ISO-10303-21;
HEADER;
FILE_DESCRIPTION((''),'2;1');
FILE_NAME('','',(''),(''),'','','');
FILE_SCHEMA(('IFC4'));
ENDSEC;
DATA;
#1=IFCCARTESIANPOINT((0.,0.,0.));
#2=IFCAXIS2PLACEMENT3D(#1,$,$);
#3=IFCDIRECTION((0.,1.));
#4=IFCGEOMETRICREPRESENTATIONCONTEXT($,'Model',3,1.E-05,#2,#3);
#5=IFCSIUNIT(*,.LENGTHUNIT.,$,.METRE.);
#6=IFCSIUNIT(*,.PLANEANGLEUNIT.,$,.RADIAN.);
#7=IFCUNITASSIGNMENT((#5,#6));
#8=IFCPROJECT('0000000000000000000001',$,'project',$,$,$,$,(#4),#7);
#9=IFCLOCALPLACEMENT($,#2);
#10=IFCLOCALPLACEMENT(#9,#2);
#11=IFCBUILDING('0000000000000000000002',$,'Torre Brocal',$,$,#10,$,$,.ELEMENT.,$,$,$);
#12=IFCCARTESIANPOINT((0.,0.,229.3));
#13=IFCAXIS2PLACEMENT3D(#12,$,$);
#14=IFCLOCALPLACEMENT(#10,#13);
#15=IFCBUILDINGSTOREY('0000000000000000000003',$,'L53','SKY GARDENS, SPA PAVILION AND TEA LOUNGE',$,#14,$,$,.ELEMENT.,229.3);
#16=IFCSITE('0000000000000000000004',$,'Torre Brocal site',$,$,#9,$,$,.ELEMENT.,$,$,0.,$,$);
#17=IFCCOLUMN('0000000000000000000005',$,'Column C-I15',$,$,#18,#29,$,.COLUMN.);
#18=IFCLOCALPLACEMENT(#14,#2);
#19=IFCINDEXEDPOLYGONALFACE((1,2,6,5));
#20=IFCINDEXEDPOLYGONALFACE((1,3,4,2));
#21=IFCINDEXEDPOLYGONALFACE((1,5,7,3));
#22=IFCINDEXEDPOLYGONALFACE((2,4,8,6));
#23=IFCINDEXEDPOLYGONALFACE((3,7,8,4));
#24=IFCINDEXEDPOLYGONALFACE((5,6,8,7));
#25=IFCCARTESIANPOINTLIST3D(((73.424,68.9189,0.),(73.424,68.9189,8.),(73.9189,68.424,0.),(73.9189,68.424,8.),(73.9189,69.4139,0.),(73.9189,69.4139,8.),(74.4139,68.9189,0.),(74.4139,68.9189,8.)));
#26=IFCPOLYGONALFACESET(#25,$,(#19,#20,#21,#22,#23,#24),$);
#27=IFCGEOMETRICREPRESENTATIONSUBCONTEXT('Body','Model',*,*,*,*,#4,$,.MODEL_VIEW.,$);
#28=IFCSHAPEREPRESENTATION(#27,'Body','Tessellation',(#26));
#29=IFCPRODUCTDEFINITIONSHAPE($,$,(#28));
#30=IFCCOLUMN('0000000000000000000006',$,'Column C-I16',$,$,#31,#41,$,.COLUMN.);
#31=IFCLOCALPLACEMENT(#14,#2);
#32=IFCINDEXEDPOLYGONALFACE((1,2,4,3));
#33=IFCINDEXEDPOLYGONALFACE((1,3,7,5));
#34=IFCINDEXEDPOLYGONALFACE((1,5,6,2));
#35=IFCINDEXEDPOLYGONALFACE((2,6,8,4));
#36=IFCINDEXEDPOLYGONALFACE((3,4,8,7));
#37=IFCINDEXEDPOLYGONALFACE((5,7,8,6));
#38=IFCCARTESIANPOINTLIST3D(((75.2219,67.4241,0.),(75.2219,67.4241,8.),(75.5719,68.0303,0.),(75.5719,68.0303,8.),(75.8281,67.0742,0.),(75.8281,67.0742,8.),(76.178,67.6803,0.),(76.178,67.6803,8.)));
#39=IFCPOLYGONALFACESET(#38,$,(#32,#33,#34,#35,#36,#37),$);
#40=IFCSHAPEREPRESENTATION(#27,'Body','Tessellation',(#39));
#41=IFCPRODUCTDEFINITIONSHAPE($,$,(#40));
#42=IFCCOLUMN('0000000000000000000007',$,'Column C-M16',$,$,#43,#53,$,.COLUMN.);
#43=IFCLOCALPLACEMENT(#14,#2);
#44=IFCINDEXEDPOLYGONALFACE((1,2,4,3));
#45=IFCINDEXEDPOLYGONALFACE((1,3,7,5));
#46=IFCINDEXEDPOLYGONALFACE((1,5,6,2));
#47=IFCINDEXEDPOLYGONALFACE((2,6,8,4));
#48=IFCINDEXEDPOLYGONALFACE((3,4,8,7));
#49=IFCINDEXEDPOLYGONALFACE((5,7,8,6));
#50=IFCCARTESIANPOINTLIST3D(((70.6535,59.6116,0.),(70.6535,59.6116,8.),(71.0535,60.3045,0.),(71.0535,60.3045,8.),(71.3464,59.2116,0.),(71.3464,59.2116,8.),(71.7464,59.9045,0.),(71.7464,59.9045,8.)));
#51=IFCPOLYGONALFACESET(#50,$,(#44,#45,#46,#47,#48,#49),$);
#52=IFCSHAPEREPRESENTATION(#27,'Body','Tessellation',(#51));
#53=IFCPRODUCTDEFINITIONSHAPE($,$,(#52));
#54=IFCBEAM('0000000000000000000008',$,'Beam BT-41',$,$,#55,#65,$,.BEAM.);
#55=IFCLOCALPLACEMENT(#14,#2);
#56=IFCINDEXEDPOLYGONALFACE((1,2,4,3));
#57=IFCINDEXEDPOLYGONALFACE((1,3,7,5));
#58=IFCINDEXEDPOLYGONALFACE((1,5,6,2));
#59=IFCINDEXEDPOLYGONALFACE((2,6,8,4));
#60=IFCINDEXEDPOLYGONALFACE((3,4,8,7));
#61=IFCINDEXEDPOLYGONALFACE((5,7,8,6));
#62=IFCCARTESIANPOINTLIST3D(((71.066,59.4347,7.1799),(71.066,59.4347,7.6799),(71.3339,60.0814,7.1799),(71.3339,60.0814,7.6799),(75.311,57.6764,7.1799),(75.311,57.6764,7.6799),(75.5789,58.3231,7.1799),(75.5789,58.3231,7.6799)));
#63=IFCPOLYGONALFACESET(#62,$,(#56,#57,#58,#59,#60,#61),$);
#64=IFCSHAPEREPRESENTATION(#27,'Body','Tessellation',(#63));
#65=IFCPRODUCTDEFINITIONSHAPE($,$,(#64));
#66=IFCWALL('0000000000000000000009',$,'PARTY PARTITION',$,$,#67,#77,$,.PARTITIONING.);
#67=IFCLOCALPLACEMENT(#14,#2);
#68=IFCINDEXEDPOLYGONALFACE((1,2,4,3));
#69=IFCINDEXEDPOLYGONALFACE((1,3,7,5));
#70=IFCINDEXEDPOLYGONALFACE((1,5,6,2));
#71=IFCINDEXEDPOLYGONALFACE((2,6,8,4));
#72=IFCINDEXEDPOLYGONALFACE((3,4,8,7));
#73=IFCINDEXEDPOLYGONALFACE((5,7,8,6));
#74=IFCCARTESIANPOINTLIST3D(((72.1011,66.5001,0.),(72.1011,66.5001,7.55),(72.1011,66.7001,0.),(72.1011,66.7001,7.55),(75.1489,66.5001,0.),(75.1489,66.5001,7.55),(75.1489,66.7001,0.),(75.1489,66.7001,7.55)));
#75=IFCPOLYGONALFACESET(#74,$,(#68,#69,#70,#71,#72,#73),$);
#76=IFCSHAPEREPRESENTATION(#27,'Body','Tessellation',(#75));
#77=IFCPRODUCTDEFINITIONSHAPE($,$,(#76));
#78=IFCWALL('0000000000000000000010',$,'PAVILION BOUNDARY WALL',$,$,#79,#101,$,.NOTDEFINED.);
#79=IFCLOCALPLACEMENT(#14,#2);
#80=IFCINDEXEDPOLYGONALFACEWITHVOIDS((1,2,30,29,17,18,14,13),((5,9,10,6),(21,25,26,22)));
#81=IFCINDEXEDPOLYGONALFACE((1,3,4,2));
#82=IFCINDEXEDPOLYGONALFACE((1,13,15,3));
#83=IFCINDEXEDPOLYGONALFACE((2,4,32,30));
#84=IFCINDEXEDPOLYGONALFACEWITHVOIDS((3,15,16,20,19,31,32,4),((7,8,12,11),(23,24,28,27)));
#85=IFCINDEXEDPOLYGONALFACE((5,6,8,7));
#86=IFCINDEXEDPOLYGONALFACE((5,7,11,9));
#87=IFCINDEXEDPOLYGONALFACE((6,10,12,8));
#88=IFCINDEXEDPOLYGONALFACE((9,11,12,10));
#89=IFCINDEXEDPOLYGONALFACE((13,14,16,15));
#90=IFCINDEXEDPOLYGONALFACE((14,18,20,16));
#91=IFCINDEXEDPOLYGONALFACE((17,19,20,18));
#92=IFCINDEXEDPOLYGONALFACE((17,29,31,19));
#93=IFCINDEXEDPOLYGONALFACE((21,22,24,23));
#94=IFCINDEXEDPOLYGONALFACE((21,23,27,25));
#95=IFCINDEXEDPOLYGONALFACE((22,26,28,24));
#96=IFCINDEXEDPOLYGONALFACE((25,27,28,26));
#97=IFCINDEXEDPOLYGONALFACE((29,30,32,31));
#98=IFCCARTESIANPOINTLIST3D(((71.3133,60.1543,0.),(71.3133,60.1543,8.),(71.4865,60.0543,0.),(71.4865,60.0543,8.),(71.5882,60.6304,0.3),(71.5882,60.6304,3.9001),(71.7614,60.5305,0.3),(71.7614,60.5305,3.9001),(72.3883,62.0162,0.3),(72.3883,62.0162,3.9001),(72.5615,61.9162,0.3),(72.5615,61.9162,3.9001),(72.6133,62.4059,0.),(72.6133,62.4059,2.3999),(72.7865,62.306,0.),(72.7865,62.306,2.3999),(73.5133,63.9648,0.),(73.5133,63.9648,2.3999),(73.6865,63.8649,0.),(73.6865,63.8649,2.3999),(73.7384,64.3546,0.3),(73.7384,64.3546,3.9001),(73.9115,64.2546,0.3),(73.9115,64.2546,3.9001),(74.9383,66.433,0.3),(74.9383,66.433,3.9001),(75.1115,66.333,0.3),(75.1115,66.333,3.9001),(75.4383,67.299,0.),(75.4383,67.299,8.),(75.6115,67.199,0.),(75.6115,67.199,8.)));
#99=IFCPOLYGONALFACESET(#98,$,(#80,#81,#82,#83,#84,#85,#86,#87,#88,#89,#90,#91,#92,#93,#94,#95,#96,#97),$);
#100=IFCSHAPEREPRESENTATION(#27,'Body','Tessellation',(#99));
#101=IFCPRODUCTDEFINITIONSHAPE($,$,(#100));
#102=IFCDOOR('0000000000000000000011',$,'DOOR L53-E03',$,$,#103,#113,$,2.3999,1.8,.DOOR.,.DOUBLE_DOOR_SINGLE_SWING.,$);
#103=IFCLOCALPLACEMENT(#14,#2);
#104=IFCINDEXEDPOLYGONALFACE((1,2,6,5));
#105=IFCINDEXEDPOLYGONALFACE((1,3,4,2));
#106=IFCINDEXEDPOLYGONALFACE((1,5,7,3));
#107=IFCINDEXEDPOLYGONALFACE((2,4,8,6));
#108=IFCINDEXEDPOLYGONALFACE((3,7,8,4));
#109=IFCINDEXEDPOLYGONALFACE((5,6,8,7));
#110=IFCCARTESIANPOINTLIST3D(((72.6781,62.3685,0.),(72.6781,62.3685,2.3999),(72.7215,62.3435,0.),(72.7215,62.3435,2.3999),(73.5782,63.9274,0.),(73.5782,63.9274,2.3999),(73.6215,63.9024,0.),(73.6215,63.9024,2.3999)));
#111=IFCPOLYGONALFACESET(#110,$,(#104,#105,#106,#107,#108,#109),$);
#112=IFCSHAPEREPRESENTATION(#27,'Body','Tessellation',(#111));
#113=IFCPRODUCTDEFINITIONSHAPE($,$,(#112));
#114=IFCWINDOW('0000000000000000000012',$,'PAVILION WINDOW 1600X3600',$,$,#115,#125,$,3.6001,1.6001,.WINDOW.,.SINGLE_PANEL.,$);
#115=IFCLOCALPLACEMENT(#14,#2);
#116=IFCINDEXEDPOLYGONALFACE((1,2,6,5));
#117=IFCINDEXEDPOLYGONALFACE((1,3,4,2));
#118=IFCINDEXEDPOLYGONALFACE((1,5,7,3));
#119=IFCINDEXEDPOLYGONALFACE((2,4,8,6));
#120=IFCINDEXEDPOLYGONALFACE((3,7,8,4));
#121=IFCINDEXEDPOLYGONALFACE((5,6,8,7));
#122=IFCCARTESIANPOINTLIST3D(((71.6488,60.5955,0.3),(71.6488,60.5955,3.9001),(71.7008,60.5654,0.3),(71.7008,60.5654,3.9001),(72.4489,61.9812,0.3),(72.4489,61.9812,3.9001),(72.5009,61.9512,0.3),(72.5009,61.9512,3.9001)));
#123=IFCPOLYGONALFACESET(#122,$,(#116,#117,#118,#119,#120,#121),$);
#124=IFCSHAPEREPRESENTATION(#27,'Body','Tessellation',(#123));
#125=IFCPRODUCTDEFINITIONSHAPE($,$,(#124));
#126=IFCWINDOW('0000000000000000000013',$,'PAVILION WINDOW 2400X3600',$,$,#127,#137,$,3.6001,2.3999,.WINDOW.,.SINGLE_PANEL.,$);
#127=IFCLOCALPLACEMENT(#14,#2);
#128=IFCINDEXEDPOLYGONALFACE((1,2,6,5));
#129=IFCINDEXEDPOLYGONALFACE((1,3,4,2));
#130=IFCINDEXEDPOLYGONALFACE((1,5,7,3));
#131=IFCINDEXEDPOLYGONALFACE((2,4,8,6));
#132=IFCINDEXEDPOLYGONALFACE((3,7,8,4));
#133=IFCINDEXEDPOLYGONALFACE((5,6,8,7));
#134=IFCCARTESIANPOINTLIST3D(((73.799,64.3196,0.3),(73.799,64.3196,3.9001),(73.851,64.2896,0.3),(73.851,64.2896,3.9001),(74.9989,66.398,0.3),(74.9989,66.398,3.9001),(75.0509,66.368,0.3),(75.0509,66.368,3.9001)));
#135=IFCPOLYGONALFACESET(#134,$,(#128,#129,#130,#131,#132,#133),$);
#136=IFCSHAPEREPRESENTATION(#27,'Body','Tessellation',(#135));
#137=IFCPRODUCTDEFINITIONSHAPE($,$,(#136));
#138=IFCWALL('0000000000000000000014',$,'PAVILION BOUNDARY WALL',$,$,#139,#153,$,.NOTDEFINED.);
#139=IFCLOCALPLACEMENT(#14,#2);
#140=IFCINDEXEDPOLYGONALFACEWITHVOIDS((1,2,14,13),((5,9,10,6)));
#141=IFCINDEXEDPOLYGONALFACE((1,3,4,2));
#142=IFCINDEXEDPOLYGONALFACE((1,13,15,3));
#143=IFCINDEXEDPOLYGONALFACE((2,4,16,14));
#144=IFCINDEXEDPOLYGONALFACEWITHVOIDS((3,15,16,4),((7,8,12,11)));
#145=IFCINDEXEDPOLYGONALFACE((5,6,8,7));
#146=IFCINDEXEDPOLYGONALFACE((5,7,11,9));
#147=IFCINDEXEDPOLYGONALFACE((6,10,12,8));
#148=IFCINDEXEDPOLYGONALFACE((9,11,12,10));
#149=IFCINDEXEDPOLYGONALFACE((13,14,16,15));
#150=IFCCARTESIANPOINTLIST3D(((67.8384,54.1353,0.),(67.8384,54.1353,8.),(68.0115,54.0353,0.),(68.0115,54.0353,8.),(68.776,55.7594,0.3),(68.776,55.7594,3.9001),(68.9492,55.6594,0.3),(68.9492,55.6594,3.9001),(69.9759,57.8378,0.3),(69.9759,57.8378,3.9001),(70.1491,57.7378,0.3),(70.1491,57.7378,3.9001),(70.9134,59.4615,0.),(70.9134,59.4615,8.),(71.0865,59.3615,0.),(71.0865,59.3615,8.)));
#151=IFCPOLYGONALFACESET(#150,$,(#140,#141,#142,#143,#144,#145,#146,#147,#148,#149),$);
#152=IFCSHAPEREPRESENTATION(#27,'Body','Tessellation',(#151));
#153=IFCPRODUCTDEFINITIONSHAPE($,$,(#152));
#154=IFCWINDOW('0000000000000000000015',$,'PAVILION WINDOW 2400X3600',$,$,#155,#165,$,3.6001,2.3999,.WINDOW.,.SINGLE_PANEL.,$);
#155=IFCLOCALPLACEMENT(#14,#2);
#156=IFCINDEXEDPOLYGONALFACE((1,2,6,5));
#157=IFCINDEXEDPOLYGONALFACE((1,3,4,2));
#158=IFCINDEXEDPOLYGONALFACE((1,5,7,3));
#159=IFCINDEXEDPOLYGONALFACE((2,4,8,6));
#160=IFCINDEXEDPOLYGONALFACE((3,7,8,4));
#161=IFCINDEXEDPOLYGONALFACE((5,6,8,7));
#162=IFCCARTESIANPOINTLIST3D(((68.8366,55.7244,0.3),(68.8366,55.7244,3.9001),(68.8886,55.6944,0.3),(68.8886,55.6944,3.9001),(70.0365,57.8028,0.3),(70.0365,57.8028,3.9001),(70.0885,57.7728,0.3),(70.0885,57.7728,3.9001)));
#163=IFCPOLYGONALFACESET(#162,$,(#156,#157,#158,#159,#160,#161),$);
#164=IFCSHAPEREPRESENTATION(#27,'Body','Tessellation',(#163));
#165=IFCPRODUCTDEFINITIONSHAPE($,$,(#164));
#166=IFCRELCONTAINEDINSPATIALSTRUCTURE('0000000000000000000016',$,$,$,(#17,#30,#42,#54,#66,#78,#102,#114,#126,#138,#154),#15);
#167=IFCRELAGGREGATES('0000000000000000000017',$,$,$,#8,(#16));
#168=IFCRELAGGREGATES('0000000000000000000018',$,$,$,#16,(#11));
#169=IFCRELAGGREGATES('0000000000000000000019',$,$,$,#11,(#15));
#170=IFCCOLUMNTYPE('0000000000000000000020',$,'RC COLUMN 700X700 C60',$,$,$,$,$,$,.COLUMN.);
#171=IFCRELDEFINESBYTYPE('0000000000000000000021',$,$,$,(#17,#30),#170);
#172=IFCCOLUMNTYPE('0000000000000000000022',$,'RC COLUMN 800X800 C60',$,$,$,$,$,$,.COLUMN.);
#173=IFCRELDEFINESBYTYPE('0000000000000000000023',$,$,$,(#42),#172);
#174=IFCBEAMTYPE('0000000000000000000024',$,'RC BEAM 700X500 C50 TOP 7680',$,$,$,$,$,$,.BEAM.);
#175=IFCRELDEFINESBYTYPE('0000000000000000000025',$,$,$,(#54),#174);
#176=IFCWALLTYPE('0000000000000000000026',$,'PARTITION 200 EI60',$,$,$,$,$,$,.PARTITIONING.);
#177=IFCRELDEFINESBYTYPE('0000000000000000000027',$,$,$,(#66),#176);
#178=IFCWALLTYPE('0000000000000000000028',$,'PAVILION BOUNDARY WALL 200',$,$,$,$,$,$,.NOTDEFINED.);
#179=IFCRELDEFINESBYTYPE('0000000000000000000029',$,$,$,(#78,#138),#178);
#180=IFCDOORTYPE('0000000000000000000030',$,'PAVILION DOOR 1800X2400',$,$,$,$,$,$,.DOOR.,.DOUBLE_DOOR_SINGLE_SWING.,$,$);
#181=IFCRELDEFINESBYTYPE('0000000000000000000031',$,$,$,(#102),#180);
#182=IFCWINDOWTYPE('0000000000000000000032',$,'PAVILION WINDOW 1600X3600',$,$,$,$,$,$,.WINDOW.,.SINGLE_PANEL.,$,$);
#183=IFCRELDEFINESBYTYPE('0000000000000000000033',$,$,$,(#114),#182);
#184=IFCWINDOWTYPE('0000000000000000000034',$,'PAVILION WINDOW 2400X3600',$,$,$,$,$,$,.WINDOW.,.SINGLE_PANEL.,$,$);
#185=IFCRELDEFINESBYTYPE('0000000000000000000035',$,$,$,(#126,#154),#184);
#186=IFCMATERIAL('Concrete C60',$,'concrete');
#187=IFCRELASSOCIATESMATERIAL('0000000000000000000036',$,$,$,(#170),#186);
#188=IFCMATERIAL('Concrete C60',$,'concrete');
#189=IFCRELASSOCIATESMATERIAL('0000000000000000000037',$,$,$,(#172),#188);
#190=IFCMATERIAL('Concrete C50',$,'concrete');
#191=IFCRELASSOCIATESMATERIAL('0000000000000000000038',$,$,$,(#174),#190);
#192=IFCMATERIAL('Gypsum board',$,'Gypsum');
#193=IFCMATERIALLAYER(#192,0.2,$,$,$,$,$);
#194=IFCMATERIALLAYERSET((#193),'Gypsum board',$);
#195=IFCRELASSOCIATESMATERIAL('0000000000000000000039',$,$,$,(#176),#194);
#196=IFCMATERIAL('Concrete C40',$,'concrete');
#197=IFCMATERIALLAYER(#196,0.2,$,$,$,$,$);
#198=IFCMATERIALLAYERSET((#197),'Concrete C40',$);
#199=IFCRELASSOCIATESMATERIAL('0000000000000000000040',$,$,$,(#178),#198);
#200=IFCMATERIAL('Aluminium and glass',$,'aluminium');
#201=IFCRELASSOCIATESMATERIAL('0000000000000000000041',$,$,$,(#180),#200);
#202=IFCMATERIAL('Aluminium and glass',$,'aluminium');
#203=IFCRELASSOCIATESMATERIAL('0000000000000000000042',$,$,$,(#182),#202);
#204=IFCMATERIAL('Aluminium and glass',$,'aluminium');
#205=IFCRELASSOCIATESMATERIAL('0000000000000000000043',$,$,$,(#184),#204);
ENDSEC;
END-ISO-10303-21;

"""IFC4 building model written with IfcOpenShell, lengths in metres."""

from ifc_helpers import new_model, si_unit, direction, frame, frame_2d, origin, origin_2d, place, context, subcontext, project, spatial, rectangle, extrude, material, layer, layer_set, material_profile, profile_set, type_object, element, fill, save


model = new_model("IFC4")

# Units and contexts
model_context = context("Model", 3, precision=1e-05, world=origin(), true_north=direction((0.0, 1.0)))
body_context = subcontext(model_context, "Body", "Model", "MODEL_VIEW")
ifc_project = project(units=[si_unit("LENGTHUNIT", "METRE"), si_unit("PLANEANGLEUNIT", "RADIAN")], contexts=[model_context])

# Site, building, storey
site_placement = place(None, origin())
site = spatial("IfcSite", under=ifc_project, at=site_placement, Name="Torre Brocal site", CompositionType="ELEMENT", RefElevation=0.0)
building_placement = place(site_placement, origin())
building = spatial("IfcBuilding", under=site, at=building_placement, Name="Torre Brocal", CompositionType="ELEMENT")
storey_placement = place(building_placement, frame((0.0, 0.0, 229.3)))
storey = spatial("IfcBuildingStorey", under=building, at=storey_placement, Name="L53", Description="SKY GARDENS, SPA PAVILION AND TEA LOUNGE", CompositionType="ELEMENT", Elevation=229.3)

# Columns
ifc_material_1 = material(Name="Concrete C60", Category="concrete")
ifc_material_profile_1 = material_profile(ifc_material_1, rectangle(XDim=0.7, YDim=0.7, at=origin_2d()), Name="RC 700X700")
ifc_profile_set_1 = profile_set([ifc_material_profile_1], Name="Concrete C60")
column_type_1 = type_object("IfcColumnType", Name="RC COLUMN 700X700 C60", PredefinedType="COLUMN", material=ifc_profile_set_1)
for number, where, z_axis, x_axis, name in (
    (1, (73.9189, 68.9189, 0.0), (0.0, 0.0, 1.0), (-0.707107, -0.707107, 0.0), "Column C-I15"),
    (2, (75.7, 67.5522, 0.0), (0.0, 0.0, 1.0), (-0.5, -0.866025, 0.0), "Column C-I16"),
):
    element("IfcColumn", number, at=place(storey_placement, frame(where, z_axis=z_axis, x_axis=x_axis)), inside=storey, type_object=column_type_1, Name=name, PredefinedType="COLUMN", context=body_context, shape_type="SweptSolid", body=[
        extrude(rectangle(XDim=0.7, YDim=0.7, at=origin_2d()), origin(), (0.0, 0.0, 1.0), 8.0),
    ])
ifc_material_2 = material(Name="Concrete C60", Category="concrete")
ifc_material_profile_2 = material_profile(ifc_material_2, rectangle(XDim=0.8, YDim=0.8, at=origin_2d()), Name="RC 800X800")
ifc_profile_set_2 = profile_set([ifc_material_profile_2], Name="Concrete C60")
column_type_2 = type_object("IfcColumnType", Name="RC COLUMN 800X800 C60", PredefinedType="COLUMN", material=ifc_profile_set_2)
column_placement = place(storey_placement, frame((71.2, 59.7581, 0.0), z_axis=(0.0, 0.0, 1.0), x_axis=(-0.5, -0.866025, 0.0)))
element("IfcColumn", 3, at=column_placement, inside=storey, type_object=column_type_2, Name="Column C-M16", PredefinedType="COLUMN", context=body_context, shape_type="SweptSolid", body=[
    extrude(rectangle(XDim=0.8, YDim=0.8, at=origin_2d()), origin(), (0.0, 0.0, 1.0), 8.0),
])

# Beam
ifc_material_3 = material(Name="Concrete C50", Category="concrete")
ifc_material_profile_3 = material_profile(ifc_material_3, rectangle(XDim=0.7, YDim=0.5, at=origin_2d()), Name="RC 700X500")
ifc_profile_set_3 = profile_set([ifc_material_profile_3], Name="Concrete C50")
beam_type = type_object("IfcBeamType", Name="RC BEAM 700X500 C50 TOP 7680", PredefinedType="BEAM", material=ifc_profile_set_3)
beam_placement = place(storey_placement, frame((71.2, 59.7581, 7.4299), z_axis=(0.923878, -0.382687, 0.0), x_axis=(0.382687, 0.923878, 0.0)))
element("IfcBeam", 4, at=beam_placement, inside=storey, type_object=beam_type, Name="Beam BT-41", PredefinedType="BEAM", context=body_context, shape_type="SweptSolid", body=[
    extrude(rectangle(XDim=0.7, YDim=0.5, at=origin_2d()), origin(), (0.0, 0.0, 1.0), 4.5947),
])

# Wall
ifc_material_4 = material(Name="Gypsum board", Category="Gypsum")
ifc_layer_1 = layer(ifc_material_4, 0.2)
ifc_layer_set_1 = layer_set([ifc_layer_1], Name="Gypsum board")
wall_type_1 = type_object("IfcWallType", Name="PARTITION 200 EI60", PredefinedType="PARTITIONING", material=ifc_layer_set_1)
wall_1_placement = place(storey_placement, frame((72.1011, 66.6001, 0.0), z_axis=(0.0, 0.0, 1.0), x_axis=(1.0, 0.0, 0.0)))
element("IfcWall", 5, at=wall_1_placement, inside=storey, type_object=wall_type_1, Name="PARTY PARTITION", PredefinedType="PARTITIONING", context=body_context, shape_type="SweptSolid", body=[
    extrude(rectangle(XDim=3.0479, YDim=0.2, at=frame_2d((1.5239, 0.0))), origin(), (0.0, 0.0, 1.0), 7.55),
])

# Wall, openings, door, windows
ifc_material_5 = material(Name="Concrete C40", Category="concrete")
ifc_layer_2 = layer(ifc_material_5, 0.2)
ifc_layer_set_2 = layer_set([ifc_layer_2], Name="Concrete C40")
wall_type_2 = type_object("IfcWallType", Name="PAVILION BOUNDARY WALL 200", PredefinedType="NOTDEFINED", material=ifc_layer_set_2)
wall_2_placement = place(storey_placement, frame((75.5249, 67.249, 0.0), z_axis=(0.0, 0.0, 1.0), x_axis=(-0.499997, -0.866027, 0.0)))
wall_2 = element("IfcWall", 6, at=wall_2_placement, inside=storey, type_object=wall_type_2, Name="PAVILION BOUNDARY WALL", PredefinedType="NOTDEFINED", context=body_context, shape_type="SweptSolid", body=[
    extrude(rectangle(XDim=8.25, YDim=0.2, at=frame_2d((4.125, 0.0))), origin(), (0.0, 0.0, 1.0), 8.0),
])
opening_1_placement = place(wall_2_placement, frame((1.0, 0.0, 0.3)))
opening_1 = element("IfcOpeningElement", 7, at=opening_1_placement, cuts=wall_2, PredefinedType="OPENING", context=body_context, shape_type="SweptSolid", body=[
    extrude(rectangle(XDim=2.3999, YDim=3.6001, at=frame_2d((1.2, 1.8))), frame((0.0, 0.1099, 0.0), z_axis=(0.0, -1.0, 0.0), x_axis=(1.0, 0.0, 0.0)), (0.0, 0.0, 1.0), 0.22),
])
opening_2_placement = place(wall_2_placement, frame((3.8501, 0.0, 0.0)))
opening_2 = element("IfcOpeningElement", 8, at=opening_2_placement, cuts=wall_2, PredefinedType="OPENING", context=body_context, shape_type="SweptSolid", body=[
    extrude(rectangle(XDim=1.8, YDim=2.3999, at=frame_2d((0.8999, 1.2))), frame((0.0, 0.1099, 0.0), z_axis=(0.0, -1.0, 0.0), x_axis=(1.0, 0.0, 0.0)), (0.0, 0.0, 1.0), 0.22),
])
opening_3_placement = place(wall_2_placement, frame((6.1001, 0.0, 0.3)))
opening_3 = element("IfcOpeningElement", 9, at=opening_3_placement, cuts=wall_2, PredefinedType="OPENING", context=body_context, shape_type="SweptSolid", body=[
    extrude(rectangle(XDim=1.6001, YDim=3.6001, at=frame_2d((0.8, 1.8))), frame((0.0, 0.1099, 0.0), z_axis=(0.0, -1.0, 0.0), x_axis=(1.0, 0.0, 0.0)), (0.0, 0.0, 1.0), 0.22),
])
ifc_material_6 = material(Name="Aluminium and glass", Category="aluminium")
door_type_1 = type_object("IfcDoorType", Name="PAVILION DOOR 1800X2400", OperationType="DOUBLE_DOOR_SINGLE_SWING", PredefinedType="DOOR", material=ifc_material_6)
door_1_placement = place(opening_2_placement, origin())
door_1 = element("IfcDoor", 10, at=door_1_placement, inside=storey, type_object=door_type_1, Name="DOOR L53-E03", OperationType="DOUBLE_DOOR_SINGLE_SWING", OverallHeight=2.3999, OverallWidth=1.8, PredefinedType="DOOR", context=body_context, shape_type="SweptSolid", body=[
    extrude(rectangle(XDim=1.8, YDim=2.3999, at=frame_2d((0.8999, 1.2))), frame((0.0, 0.0249, 0.0), z_axis=(0.0, -1.0, 0.0), x_axis=(1.0, 0.0, 0.0)), (0.0, 0.0, 1.0), 0.05),
])
fill(opening_2, door_1)
ifc_material_7 = material(Name="Aluminium and glass", Category="aluminium")
window_type_1 = type_object("IfcWindowType", Name="PAVILION WINDOW 1600X3600", PartitioningType="SINGLE_PANEL", PredefinedType="WINDOW", material=ifc_material_7)
window_1_placement = place(opening_3_placement, origin())
window_1 = element("IfcWindow", 11, at=window_1_placement, inside=storey, type_object=window_type_1, Name="PAVILION WINDOW 1600X3600", OverallHeight=3.6001, OverallWidth=1.6001, PartitioningType="SINGLE_PANEL", PredefinedType="WINDOW", context=body_context, shape_type="SweptSolid", body=[
    extrude(rectangle(XDim=1.6001, YDim=3.6001, at=frame_2d((0.8, 1.8))), frame((0.0, 0.03, 0.0), z_axis=(0.0, -1.0, 0.0), x_axis=(1.0, 0.0, 0.0)), (0.0, 0.0, 1.0), 0.0601),
])
fill(opening_3, window_1)
ifc_material_8 = material(Name="Aluminium and glass", Category="aluminium")
window_type_2 = type_object("IfcWindowType", Name="PAVILION WINDOW 2400X3600", PartitioningType="SINGLE_PANEL", PredefinedType="WINDOW", material=ifc_material_8)
window_2_placement = place(opening_1_placement, origin())
window_2 = element("IfcWindow", 12, at=window_2_placement, inside=storey, type_object=window_type_2, Name="PAVILION WINDOW 2400X3600", OverallHeight=3.6001, OverallWidth=2.3999, PartitioningType="SINGLE_PANEL", PredefinedType="WINDOW", context=body_context, shape_type="SweptSolid", body=[
    extrude(rectangle(XDim=2.3999, YDim=3.6001, at=frame_2d((1.2, 1.8))), frame((0.0, 0.03, 0.0), z_axis=(0.0, -1.0, 0.0), x_axis=(1.0, 0.0, 0.0)), (0.0, 0.0, 1.0), 0.0601),
])
fill(opening_1, window_2)

# Wall, opening, window
wall_3_placement = place(storey_placement, frame((71.0, 59.4116, 0.0), z_axis=(0.0, 0.0, 1.0), x_axis=(-0.499986, -0.866034, 0.0)))
wall_3 = element("IfcWall", 13, at=wall_3_placement, inside=storey, type_object=wall_type_2, Name="PAVILION BOUNDARY WALL", PredefinedType="NOTDEFINED", context=body_context, shape_type="SweptSolid", body=[
    extrude(rectangle(XDim=6.1501, YDim=0.2, at=frame_2d((3.0752, 0.0))), origin(), (0.0, 0.0, 1.0), 8.0),
])
opening_4_placement = place(wall_3_placement, frame((1.875, 0.0, 0.3)))
opening_4 = element("IfcOpeningElement", 14, at=opening_4_placement, cuts=wall_3, PredefinedType="OPENING", context=body_context, shape_type="SweptSolid", body=[
    extrude(rectangle(XDim=2.3999, YDim=3.6001, at=frame_2d((1.2, 1.8))), frame((0.0, 0.1099, 0.0), z_axis=(0.0, -1.0, 0.0), x_axis=(1.0, 0.0, 0.0)), (0.0, 0.0, 1.0), 0.22),
])
window_3_placement = place(opening_4_placement, origin())
window_3 = element("IfcWindow", 15, at=window_3_placement, inside=storey, type_object=window_type_2, Name="PAVILION WINDOW 2400X3600", OverallHeight=3.6001, OverallWidth=2.3999, PartitioningType="SINGLE_PANEL", PredefinedType="WINDOW", context=body_context, shape_type="SweptSolid", body=[
    extrude(rectangle(XDim=2.3999, YDim=3.6001, at=frame_2d((1.2, 1.8))), frame((0.0, 0.03, 0.0), z_axis=(0.0, -1.0, 0.0), x_axis=(1.0, 0.0, 0.0)), (0.0, 0.0, 1.0), 0.0601),
])
fill(opening_4, window_3)

save(model, "model.ifc")
